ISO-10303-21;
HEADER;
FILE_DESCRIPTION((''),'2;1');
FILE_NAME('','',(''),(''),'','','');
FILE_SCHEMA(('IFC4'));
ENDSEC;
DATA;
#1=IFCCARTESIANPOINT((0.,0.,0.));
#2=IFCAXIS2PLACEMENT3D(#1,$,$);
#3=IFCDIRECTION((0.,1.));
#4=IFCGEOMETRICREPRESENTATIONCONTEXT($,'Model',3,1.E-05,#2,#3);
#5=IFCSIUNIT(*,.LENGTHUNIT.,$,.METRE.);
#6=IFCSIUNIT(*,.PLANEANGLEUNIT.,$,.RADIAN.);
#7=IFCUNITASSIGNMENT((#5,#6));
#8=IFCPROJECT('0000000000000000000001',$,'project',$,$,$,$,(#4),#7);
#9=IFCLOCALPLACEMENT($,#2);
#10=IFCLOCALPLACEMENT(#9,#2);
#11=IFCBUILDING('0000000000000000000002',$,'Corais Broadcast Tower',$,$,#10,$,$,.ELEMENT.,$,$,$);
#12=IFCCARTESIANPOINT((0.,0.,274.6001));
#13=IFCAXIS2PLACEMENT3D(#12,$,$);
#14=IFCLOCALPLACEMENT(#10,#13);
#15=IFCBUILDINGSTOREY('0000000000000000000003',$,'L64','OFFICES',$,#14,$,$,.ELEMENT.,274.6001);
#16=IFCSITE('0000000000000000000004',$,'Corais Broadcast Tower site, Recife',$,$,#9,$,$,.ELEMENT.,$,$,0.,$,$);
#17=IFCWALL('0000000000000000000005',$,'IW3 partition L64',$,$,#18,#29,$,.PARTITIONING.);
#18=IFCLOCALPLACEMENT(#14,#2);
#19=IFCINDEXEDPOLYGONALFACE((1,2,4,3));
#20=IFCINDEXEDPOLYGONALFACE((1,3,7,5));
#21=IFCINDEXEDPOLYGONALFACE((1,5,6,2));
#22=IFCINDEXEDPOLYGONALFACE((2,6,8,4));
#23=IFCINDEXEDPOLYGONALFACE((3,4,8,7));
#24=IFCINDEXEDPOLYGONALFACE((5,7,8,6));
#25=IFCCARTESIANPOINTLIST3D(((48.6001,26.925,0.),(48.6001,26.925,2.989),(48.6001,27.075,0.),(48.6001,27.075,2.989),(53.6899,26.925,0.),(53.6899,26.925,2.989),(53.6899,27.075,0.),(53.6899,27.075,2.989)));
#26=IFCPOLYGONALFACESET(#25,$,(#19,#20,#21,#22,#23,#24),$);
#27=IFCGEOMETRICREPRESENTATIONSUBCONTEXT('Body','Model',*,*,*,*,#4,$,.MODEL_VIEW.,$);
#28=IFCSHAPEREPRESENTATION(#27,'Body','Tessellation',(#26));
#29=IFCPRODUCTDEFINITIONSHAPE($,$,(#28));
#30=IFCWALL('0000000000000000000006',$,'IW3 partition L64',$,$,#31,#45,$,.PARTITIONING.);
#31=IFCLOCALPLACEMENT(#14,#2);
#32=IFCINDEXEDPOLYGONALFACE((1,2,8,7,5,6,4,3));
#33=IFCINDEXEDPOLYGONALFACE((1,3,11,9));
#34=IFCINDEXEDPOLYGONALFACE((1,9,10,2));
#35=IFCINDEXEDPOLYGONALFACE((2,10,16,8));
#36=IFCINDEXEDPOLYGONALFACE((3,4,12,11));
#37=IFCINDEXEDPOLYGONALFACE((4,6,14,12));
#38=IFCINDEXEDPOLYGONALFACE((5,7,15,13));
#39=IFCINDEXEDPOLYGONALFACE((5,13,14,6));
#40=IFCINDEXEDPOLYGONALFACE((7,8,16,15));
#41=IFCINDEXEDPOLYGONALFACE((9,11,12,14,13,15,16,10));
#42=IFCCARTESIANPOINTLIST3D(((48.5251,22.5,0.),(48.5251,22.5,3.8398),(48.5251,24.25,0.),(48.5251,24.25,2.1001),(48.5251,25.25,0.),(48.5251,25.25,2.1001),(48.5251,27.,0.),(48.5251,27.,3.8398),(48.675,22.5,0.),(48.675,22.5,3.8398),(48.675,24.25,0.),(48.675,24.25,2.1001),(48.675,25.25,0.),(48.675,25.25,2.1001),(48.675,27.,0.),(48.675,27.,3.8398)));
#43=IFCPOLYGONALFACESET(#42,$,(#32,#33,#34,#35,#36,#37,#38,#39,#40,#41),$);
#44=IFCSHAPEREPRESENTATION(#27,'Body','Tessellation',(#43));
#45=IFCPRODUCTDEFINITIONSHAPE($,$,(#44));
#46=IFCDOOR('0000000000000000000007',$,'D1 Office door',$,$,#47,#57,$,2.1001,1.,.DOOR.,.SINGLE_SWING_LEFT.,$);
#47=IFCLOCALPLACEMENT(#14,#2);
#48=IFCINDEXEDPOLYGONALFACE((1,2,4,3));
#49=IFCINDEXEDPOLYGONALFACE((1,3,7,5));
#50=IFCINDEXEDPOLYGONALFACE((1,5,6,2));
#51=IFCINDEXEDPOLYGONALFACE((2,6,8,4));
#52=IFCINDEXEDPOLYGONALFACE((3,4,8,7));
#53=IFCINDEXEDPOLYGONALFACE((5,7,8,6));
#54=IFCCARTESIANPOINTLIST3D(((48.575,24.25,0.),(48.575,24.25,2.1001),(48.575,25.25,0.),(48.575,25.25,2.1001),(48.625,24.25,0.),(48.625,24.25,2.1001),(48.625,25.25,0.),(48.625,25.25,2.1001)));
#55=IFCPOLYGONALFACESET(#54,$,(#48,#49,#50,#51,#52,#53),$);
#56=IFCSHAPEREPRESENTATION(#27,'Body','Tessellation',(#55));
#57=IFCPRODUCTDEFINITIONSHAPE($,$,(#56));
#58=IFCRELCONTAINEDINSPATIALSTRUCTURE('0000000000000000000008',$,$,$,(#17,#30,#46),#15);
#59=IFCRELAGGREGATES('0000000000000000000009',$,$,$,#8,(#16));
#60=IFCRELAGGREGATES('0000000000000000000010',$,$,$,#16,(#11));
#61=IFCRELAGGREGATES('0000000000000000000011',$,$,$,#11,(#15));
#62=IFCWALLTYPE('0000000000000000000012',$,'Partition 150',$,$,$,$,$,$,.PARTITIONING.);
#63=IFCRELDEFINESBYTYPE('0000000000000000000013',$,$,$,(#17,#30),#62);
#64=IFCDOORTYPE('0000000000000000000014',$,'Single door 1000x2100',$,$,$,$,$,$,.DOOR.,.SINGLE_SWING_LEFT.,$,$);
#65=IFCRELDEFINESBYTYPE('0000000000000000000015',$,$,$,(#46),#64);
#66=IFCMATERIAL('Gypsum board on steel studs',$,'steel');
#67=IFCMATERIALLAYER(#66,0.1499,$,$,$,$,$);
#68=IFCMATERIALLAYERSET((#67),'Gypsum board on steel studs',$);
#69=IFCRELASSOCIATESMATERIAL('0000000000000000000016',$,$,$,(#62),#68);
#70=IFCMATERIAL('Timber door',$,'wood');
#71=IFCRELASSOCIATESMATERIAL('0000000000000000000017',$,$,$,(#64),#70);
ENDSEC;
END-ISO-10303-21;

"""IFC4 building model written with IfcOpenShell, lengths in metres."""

from ifc_helpers import new_model, si_unit, direction, frame, frame_2d, origin, place, context, subcontext, project, spatial, rectangle, extrude, material, layer, layer_set, type_object, element, fill, save


model = new_model("IFC4")

# Units and contexts
model_context = context("Model", 3, precision=1e-05, world=origin(), true_north=direction((0.0, 1.0)))
body_context = subcontext(model_context, "Body", "Model", "MODEL_VIEW")
ifc_project = project(units=[si_unit("LENGTHUNIT", "METRE"), si_unit("PLANEANGLEUNIT", "RADIAN")], contexts=[model_context])

# Site, building, storey
site_placement = place(None, origin())
site = spatial("IfcSite", under=ifc_project, at=site_placement, Name="Corais Broadcast Tower site, Recife", CompositionType="ELEMENT", RefElevation=0.0)
building_placement = place(site_placement, origin())
building = spatial("IfcBuilding", under=site, at=building_placement, Name="Corais Broadcast Tower", CompositionType="ELEMENT")
storey_placement = place(building_placement, frame((0.0, 0.0, 274.6001)))
storey = spatial("IfcBuildingStorey", under=building, at=storey_placement, Name="L64", Description="OFFICES", CompositionType="ELEMENT", Elevation=274.6001)

# Wall
ifc_material_1 = material(Name="Gypsum board on steel studs", Category="steel")
ifc_layer_1 = layer(ifc_material_1, 0.1499)
ifc_layer_set_1 = layer_set([ifc_layer_1], Name="Gypsum board on steel studs")
wall_type = type_object("IfcWallType", Name="Partition 150", PredefinedType="PARTITIONING", material=ifc_layer_set_1)
wall_1_placement = place(storey_placement, frame((53.6899, 27.0, 0.0), z_axis=(0.0, 0.0, 1.0), x_axis=(-1.0, 0.0, 0.0)))
element("IfcWall", 1, at=wall_1_placement, inside=storey, type_object=wall_type, Name="IW3 partition L64", PredefinedType="PARTITIONING", context=body_context, shape_type="SweptSolid", body=[
    extrude(rectangle(XDim=5.0898, YDim=0.1499, at=frame_2d((2.5449, 0.0))), origin(), (0.0, 0.0, 1.0), 2.989),
])

# Wall, opening, door
wall_2_placement = place(storey_placement, frame((48.6001, 27.0, 0.0), z_axis=(0.0, 0.0, 1.0), x_axis=(0.0, -1.0, 0.0)))
wall_2 = element("IfcWall", 2, at=wall_2_placement, inside=storey, type_object=wall_type, Name="IW3 partition L64", PredefinedType="PARTITIONING", context=body_context, shape_type="SweptSolid", body=[
    extrude(rectangle(XDim=4.5, YDim=0.1499, at=frame_2d((2.25, 0.0))), origin(), (0.0, 0.0, 1.0), 3.8398),
])
opening_placement = place(wall_2_placement, frame((1.75, 0.0, 0.0)))
opening = element("IfcOpeningElement", 3, at=opening_placement, cuts=wall_2, PredefinedType="OPENING", context=body_context, shape_type="SweptSolid", body=[
    extrude(rectangle(XDim=1.0, YDim=2.1001, at=frame_2d((0.5, 1.05))), frame((0.0, 0.085, 0.0), z_axis=(0.0, -1.0, 0.0), x_axis=(1.0, 0.0, 0.0)), (0.0, 0.0, 1.0), 0.1699),
])
ifc_material_2 = material(Name="Timber door", Category="wood")
door_type = type_object("IfcDoorType", Name="Single door 1000x2100", OperationType="SINGLE_SWING_LEFT", PredefinedType="DOOR", material=ifc_material_2)
door_placement = place(opening_placement, origin())
door = element("IfcDoor", 4, at=door_placement, inside=storey, type_object=door_type, Name="D1 Office door", OperationType="SINGLE_SWING_LEFT", OverallHeight=2.1001, OverallWidth=1.0, PredefinedType="DOOR", context=body_context, shape_type="SweptSolid", body=[
    extrude(rectangle(XDim=1.0, YDim=2.1001, at=frame_2d((0.5, 1.05))), frame((0.0, 0.0249, 0.0), z_axis=(0.0, -1.0, 0.0), x_axis=(1.0, 0.0, 0.0)), (0.0, 0.0, 1.0), 0.05),
])
fill(opening, door)

save(model, "model.ifc")
